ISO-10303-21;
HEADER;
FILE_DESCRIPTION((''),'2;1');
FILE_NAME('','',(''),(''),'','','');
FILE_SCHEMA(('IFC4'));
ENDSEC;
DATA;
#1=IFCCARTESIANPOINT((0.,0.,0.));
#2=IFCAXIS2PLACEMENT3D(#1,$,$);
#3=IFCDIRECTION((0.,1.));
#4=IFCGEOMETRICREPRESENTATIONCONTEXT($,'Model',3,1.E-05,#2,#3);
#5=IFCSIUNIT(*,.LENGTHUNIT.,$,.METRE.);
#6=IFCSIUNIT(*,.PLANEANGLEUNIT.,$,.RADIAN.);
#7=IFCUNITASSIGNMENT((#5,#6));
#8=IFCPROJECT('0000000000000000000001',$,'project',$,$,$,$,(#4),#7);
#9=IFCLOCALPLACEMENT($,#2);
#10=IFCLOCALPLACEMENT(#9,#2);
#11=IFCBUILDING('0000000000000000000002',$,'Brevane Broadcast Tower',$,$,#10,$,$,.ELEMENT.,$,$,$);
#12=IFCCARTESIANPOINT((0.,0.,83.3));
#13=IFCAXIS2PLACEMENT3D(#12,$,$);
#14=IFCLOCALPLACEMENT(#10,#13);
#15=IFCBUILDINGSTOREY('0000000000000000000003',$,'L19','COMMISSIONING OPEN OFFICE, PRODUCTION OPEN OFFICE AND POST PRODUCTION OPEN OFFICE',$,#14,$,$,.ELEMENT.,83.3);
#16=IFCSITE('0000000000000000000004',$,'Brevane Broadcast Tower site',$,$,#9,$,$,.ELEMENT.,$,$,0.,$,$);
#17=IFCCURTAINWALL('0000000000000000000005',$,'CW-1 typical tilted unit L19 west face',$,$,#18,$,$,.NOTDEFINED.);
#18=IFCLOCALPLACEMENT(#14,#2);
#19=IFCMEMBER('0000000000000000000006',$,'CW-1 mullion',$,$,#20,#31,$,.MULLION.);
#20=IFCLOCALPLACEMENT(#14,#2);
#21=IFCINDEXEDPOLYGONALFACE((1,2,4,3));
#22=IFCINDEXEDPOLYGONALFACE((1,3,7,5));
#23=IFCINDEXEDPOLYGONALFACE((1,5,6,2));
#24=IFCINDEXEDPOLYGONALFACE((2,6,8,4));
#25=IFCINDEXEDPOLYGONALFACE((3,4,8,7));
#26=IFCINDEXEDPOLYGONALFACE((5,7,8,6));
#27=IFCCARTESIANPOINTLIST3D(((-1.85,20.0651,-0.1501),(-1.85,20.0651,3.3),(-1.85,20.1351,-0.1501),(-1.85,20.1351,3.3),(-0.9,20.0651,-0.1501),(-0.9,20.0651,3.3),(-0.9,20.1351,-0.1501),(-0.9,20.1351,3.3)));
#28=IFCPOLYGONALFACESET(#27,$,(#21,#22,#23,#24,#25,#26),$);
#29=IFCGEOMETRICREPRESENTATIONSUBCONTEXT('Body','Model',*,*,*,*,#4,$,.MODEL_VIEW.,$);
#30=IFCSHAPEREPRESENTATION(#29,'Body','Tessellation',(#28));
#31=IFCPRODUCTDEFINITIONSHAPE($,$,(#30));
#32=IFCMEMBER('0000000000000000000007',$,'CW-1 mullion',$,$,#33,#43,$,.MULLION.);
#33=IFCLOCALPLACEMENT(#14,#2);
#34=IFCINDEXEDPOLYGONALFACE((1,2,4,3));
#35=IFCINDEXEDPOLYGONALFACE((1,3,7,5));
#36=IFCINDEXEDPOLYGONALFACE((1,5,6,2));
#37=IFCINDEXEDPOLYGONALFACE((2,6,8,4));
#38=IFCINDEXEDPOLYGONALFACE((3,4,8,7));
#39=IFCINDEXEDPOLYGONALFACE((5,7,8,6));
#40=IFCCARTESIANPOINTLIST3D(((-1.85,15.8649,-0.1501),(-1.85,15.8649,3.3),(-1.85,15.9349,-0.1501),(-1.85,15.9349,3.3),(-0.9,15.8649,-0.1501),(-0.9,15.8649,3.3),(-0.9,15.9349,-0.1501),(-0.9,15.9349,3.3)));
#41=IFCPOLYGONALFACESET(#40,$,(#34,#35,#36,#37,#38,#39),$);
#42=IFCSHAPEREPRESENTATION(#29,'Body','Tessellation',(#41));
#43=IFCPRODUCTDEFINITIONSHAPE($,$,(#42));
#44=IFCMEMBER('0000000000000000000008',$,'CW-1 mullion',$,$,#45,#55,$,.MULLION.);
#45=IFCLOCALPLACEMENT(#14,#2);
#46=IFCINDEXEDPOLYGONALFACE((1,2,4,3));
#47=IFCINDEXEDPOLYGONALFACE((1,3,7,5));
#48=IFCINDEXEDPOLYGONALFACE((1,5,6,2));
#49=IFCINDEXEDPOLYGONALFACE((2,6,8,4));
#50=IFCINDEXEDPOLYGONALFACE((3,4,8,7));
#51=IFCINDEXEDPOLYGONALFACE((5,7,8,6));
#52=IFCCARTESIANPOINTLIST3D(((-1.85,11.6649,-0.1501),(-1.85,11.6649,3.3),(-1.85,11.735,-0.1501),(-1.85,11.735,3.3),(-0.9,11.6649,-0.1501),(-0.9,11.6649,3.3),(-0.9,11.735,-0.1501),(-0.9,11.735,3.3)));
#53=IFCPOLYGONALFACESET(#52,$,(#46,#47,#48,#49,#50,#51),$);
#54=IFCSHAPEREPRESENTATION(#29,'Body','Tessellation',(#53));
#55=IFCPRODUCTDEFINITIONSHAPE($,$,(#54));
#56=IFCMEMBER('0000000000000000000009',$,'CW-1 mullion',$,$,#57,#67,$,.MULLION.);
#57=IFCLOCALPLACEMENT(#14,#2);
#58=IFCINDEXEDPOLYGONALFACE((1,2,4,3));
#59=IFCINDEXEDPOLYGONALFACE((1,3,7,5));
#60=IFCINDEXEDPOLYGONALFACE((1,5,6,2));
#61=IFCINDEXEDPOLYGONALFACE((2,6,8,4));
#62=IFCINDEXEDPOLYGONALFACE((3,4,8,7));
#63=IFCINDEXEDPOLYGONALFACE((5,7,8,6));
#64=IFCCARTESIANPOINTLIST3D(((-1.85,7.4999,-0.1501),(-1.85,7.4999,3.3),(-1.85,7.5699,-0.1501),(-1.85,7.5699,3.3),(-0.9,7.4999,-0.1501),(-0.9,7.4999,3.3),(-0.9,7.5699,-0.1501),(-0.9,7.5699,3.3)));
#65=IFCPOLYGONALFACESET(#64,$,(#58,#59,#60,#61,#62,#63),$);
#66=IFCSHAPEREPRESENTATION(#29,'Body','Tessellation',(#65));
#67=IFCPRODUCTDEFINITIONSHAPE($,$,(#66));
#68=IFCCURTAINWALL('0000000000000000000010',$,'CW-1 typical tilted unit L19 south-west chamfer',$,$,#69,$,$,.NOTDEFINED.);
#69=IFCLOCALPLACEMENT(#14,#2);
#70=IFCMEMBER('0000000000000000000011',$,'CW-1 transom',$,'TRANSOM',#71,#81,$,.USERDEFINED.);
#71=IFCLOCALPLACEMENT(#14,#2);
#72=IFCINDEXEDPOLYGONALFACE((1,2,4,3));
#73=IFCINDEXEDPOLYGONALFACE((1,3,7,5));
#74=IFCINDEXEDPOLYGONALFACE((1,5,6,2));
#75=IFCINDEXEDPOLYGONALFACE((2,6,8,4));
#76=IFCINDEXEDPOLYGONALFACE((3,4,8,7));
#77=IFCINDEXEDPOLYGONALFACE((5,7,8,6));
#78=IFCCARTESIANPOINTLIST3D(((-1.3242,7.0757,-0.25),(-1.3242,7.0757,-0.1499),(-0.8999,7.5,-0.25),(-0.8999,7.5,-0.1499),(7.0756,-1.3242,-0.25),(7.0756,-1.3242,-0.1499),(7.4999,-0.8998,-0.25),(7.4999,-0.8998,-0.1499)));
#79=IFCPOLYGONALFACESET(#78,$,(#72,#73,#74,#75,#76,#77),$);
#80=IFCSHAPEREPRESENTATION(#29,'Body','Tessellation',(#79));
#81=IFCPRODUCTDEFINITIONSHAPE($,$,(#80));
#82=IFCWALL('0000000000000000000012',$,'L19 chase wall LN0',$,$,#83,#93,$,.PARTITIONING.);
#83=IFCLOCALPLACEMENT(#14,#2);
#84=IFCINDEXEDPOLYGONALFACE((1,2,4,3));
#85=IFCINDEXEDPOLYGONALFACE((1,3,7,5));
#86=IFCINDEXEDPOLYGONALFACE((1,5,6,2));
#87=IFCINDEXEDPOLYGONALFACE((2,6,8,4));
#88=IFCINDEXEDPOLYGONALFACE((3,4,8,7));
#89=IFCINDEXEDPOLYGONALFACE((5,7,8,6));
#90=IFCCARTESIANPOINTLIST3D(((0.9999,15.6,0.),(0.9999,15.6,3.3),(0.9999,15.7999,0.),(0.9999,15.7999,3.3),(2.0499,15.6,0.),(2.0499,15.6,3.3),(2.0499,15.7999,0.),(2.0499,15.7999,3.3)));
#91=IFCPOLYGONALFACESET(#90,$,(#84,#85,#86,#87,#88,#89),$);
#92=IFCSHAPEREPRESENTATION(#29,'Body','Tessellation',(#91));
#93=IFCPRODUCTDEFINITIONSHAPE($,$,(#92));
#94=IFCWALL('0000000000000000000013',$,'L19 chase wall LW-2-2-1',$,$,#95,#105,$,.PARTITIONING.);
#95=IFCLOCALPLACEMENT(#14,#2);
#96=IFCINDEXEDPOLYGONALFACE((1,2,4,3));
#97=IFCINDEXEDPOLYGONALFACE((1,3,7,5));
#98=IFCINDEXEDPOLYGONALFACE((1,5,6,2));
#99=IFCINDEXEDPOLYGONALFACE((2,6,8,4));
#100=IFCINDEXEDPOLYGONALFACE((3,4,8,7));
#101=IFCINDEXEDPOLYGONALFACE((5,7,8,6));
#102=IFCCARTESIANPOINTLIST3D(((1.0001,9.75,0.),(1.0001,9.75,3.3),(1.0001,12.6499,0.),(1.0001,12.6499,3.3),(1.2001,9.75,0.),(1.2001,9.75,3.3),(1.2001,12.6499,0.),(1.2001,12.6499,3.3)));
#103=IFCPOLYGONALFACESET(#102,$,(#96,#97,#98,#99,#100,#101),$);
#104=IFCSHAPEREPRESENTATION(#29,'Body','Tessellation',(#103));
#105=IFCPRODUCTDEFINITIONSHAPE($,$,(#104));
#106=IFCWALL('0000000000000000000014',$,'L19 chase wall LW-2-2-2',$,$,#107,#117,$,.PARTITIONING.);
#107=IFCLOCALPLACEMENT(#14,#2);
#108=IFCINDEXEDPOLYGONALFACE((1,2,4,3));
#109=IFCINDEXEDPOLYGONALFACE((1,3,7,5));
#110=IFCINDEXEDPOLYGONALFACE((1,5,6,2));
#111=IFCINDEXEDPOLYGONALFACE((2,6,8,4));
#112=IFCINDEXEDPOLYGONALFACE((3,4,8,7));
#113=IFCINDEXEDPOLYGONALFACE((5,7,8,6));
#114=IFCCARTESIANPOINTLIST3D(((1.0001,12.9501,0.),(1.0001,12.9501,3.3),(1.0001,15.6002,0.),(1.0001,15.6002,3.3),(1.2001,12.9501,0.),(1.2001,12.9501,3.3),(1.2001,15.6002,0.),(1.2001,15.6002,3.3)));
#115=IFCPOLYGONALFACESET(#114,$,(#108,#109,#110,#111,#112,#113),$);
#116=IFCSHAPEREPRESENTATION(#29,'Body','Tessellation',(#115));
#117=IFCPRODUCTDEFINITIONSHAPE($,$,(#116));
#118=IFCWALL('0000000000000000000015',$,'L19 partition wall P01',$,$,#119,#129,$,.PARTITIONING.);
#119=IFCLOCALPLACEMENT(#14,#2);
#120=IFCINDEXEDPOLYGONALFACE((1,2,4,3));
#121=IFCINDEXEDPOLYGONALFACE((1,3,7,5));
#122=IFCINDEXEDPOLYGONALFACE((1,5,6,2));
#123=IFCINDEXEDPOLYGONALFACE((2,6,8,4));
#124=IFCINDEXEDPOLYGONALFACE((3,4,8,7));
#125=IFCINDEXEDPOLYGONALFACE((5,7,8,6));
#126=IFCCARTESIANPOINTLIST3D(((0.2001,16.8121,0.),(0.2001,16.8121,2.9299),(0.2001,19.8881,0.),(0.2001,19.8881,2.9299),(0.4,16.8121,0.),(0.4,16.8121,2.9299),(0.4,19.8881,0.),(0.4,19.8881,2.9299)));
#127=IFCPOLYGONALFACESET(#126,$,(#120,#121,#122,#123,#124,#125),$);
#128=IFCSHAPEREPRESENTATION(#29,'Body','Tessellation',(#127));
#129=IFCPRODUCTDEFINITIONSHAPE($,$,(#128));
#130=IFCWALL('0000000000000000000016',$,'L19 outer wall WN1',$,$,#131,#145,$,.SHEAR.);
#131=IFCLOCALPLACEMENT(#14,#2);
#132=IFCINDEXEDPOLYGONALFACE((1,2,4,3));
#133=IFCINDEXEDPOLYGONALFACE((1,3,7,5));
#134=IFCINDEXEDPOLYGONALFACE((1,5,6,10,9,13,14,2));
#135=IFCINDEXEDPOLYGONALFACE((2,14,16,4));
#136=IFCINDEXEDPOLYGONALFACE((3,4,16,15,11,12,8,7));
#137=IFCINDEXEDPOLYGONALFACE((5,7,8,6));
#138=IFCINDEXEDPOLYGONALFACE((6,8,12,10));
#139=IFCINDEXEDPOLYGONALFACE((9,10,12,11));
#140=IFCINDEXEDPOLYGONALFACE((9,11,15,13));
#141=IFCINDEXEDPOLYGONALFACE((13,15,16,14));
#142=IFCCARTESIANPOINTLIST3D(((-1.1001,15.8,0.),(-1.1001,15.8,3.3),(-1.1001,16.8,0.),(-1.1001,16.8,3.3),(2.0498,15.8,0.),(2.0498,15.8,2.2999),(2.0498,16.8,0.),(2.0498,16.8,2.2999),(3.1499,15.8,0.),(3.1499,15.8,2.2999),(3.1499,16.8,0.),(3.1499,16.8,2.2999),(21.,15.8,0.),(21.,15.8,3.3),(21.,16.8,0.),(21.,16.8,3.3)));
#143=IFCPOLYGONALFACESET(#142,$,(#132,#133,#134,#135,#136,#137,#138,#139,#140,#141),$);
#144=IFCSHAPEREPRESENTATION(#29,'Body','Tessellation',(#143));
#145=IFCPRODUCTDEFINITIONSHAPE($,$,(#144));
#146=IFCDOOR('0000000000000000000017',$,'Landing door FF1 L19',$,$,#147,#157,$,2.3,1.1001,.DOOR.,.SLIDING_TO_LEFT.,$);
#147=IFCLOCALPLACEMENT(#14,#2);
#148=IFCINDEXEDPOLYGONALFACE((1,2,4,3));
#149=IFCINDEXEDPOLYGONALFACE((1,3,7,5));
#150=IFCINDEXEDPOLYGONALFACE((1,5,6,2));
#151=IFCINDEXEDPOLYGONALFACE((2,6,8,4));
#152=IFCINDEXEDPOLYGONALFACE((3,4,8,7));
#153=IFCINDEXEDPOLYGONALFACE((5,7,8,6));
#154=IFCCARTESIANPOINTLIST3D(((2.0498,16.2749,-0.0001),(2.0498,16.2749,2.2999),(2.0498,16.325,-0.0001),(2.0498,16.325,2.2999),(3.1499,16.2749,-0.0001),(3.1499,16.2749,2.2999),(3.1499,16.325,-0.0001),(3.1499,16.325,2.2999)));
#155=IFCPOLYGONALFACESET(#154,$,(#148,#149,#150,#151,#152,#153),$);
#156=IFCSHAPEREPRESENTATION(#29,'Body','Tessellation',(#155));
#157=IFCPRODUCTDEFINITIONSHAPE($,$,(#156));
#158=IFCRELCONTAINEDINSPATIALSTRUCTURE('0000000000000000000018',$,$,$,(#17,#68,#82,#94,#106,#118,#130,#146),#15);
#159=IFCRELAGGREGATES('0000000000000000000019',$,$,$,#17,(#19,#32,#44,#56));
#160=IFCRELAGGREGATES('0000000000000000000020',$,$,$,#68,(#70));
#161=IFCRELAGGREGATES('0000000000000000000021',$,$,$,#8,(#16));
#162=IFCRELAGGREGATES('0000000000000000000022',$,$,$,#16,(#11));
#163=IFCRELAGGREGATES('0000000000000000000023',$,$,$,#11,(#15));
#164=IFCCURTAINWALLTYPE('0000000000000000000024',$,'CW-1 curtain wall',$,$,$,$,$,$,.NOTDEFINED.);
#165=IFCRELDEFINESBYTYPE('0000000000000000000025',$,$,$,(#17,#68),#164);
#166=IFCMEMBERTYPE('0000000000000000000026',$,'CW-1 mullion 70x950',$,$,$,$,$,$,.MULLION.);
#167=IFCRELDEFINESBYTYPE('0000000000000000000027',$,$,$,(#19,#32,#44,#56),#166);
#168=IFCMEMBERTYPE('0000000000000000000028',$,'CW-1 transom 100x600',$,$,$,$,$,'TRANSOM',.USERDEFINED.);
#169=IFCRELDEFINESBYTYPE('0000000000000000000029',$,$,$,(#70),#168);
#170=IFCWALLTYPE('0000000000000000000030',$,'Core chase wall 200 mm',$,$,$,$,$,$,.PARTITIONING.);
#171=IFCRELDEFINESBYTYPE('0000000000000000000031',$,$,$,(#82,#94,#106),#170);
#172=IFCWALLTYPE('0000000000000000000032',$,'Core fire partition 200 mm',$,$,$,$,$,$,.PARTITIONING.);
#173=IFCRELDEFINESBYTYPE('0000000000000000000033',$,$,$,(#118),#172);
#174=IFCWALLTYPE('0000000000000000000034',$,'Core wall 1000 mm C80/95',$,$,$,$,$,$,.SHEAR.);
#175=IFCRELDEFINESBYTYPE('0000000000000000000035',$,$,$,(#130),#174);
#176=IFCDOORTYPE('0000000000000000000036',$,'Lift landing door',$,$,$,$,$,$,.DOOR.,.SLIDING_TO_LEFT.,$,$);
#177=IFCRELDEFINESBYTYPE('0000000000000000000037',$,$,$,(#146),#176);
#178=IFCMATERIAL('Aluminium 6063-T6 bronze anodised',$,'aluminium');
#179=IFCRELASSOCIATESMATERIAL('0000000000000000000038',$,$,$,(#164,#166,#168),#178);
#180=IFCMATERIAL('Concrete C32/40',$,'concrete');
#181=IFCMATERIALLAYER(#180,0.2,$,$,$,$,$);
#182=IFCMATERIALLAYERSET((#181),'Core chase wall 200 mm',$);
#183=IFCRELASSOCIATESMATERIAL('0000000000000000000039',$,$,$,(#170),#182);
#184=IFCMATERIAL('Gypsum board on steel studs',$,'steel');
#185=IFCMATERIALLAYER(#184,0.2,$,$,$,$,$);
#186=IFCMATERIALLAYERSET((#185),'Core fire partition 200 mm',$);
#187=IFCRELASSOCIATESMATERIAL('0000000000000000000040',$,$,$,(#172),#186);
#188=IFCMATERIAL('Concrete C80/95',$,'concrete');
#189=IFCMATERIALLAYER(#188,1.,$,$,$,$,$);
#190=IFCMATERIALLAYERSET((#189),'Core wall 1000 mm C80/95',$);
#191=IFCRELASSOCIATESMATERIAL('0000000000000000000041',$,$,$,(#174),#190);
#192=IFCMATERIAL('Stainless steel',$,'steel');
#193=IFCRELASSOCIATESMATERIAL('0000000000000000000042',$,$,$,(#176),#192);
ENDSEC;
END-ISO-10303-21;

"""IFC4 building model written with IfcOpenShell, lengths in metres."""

from ifc_helpers import new_model, si_unit, direction, frame, frame_2d, origin, origin_2d, place, context, subcontext, project, spatial, rectangle, extrude, material, layer, layer_set, material_profile, profile_set, type_object, element, fill, aggregate, save


model = new_model("IFC4")

# Units and contexts
model_context = context("Model", 3, precision=1e-05, world=origin(), true_north=direction((0.0, 1.0)))
body_context = subcontext(model_context, "Body", "Model", "MODEL_VIEW")
ifc_project = project(units=[si_unit("LENGTHUNIT", "METRE"), si_unit("PLANEANGLEUNIT", "RADIAN")], contexts=[model_context])

# Site, building, storey
site_placement = place(None, origin())
site = spatial("IfcSite", under=ifc_project, at=site_placement, Name="Brevane Broadcast Tower site", CompositionType="ELEMENT", RefElevation=0.0)
building_placement = place(site_placement, origin())
building = spatial("IfcBuilding", under=site, at=building_placement, Name="Brevane Broadcast Tower", CompositionType="ELEMENT")
storey_placement = place(building_placement, frame((0.0, 0.0, 83.3)))
storey = spatial("IfcBuildingStorey", under=building, at=storey_placement, Name="L19", Description="COMMISSIONING OPEN OFFICE, PRODUCTION OPEN OFFICE AND POST PRODUCTION OPEN OFFICE", CompositionType="ELEMENT", Elevation=83.3)

# Curtain wall, members
ifc_material_1 = material(Name="Aluminium 6063-T6 bronze anodised", Category="aluminium")
curtain_wall_type = type_object("IfcCurtainWallType", Name="CW-1 curtain wall", PredefinedType="NOTDEFINED", material=ifc_material_1)
curtain_wall_1_placement = place(storey_placement, origin())
curtain_wall_1 = element("IfcCurtainWall", 1, at=curtain_wall_1_placement, inside=storey, type_object=curtain_wall_type, Name="CW-1 typical tilted unit L19 west face", PredefinedType="NOTDEFINED")
ifc_material_profile_1 = material_profile(ifc_material_1, rectangle(XDim=0.95, YDim=0.0701, at=origin_2d()), Name="RECT 70x950")
ifc_profile_set_1 = profile_set([ifc_material_profile_1], Name="Aluminium 6063-T6 bronze anodised")
member_type_1 = type_object("IfcMemberType", Name="CW-1 mullion 70x950", PredefinedType="MULLION", material=ifc_profile_set_1)
member_1_placement = place(storey_placement, frame((-1.375, 20.1001, -0.1501), z_axis=(0.0, 0.0, 1.0), x_axis=(1.0, 0.0, 0.0)))
member_1 = element("IfcMember", 2, at=member_1_placement, type_object=member_type_1, Name="CW-1 mullion", PredefinedType="MULLION", context=body_context, shape_type="SweptSolid", body=[
    extrude(rectangle(XDim=0.95, YDim=0.0701, at=origin_2d()), origin(), (0.0, 0.0, 1.0), 3.4502),
])
member_2_placement = place(storey_placement, frame((-1.375, 15.8999, -0.1501), z_axis=(0.0, 0.0, 1.0), x_axis=(1.0, 0.0, 0.0)))
member_2 = element("IfcMember", 3, at=member_2_placement, type_object=member_type_1, Name="CW-1 mullion", PredefinedType="MULLION", context=body_context, shape_type="SweptSolid", body=[
    extrude(rectangle(XDim=0.95, YDim=0.0701, at=origin_2d()), origin(), (0.0, 0.0, 1.0), 3.4502),
])
member_3_placement = place(storey_placement, frame((-1.375, 11.7, -0.1501), z_axis=(0.0, 0.0, 1.0), x_axis=(1.0, 0.0, 0.0)))
member_3 = element("IfcMember", 4, at=member_3_placement, type_object=member_type_1, Name="CW-1 mullion", PredefinedType="MULLION", context=body_context, shape_type="SweptSolid", body=[
    extrude(rectangle(XDim=0.95, YDim=0.0701, at=origin_2d()), origin(), (0.0, 0.0, 1.0), 3.4502),
])
member_4_placement = place(storey_placement, frame((-1.375, 7.5349, -0.1501), z_axis=(0.0, 0.0, 1.0), x_axis=(1.0, 0.0, 0.0)))
member_4 = element("IfcMember", 5, at=member_4_placement, type_object=member_type_1, Name="CW-1 mullion", PredefinedType="MULLION", context=body_context, shape_type="SweptSolid", body=[
    extrude(rectangle(XDim=0.95, YDim=0.0701, at=origin_2d()), origin(), (0.0, 0.0, 1.0), 3.4502),
])
aggregate(curtain_wall_1, [member_1, member_2, member_3, member_4])

# Curtain wall, member
curtain_wall_2_placement = place(storey_placement, origin())
curtain_wall_2 = element("IfcCurtainWall", 6, at=curtain_wall_2_placement, inside=storey, type_object=curtain_wall_type, Name="CW-1 typical tilted unit L19 south-west chamfer", PredefinedType="NOTDEFINED")
ifc_material_profile_2 = material_profile(ifc_material_1, rectangle(XDim=0.6001, YDim=0.1001, at=origin_2d()), Name="RECT 100x600")
ifc_profile_set_2 = profile_set([ifc_material_profile_2], Name="Aluminium 6063-T6 bronze anodised")
member_type_2 = type_object("IfcMemberType", Name="CW-1 transom 100x600", ElementType="TRANSOM", PredefinedType="USERDEFINED", material=ifc_profile_set_2)
member_5_placement = place(storey_placement, frame((-1.1121, 7.2878, -0.2), z_axis=(0.707107, -0.707107, 0.0), x_axis=(0.707107, 0.707107, 0.0)))
member_5 = element("IfcMember", 7, at=member_5_placement, type_object=member_type_2, Name="CW-1 transom", ObjectType="TRANSOM", PredefinedType="USERDEFINED", context=body_context, shape_type="SweptSolid", body=[
    extrude(rectangle(XDim=0.6001, YDim=0.1001, at=origin_2d()), origin(), (0.0, 0.0, 1.0), 11.8792),
])
aggregate(curtain_wall_2, [member_5])

# Walls
ifc_material_2 = material(Name="Concrete C32/40", Category="concrete")
ifc_layer_1 = layer(ifc_material_2, 0.2)
ifc_layer_set_1 = layer_set([ifc_layer_1], Name="Core chase wall 200 mm")
wall_type_1 = type_object("IfcWallType", Name="Core chase wall 200 mm", PredefinedType="PARTITIONING", material=ifc_layer_set_1)
wall_1_placement = place(storey_placement, frame((1.0, 15.7, 0.0), z_axis=(0.0, 0.0, 1.0), x_axis=(1.0, 0.0, 0.0)))
element("IfcWall", 8, at=wall_1_placement, inside=storey, type_object=wall_type_1, Name="L19 chase wall LN0", PredefinedType="PARTITIONING", context=body_context, shape_type="SweptSolid", body=[
    extrude(rectangle(XDim=1.05, YDim=0.2, at=frame_2d((0.5249, 0.0))), origin(), (0.0, 0.0, 1.0), 3.3),
])
wall_2_placement = place(storey_placement, frame((1.1001, 9.75, 0.0), z_axis=(0.0, 0.0, 1.0), x_axis=(0.0, 1.0, 0.0)))
element("IfcWall", 9, at=wall_2_placement, inside=storey, type_object=wall_type_1, Name="L19 chase wall LW-2-2-1", PredefinedType="PARTITIONING", context=body_context, shape_type="SweptSolid", body=[
    extrude(rectangle(XDim=2.8999, YDim=0.2, at=frame_2d((1.45, 0.0))), origin(), (0.0, 0.0, 1.0), 3.3),
])
wall_3_placement = place(storey_placement, frame((1.1001, 12.95, 0.0), z_axis=(0.0, 0.0, 1.0), x_axis=(0.0, 1.0, 0.0)))
element("IfcWall", 10, at=wall_3_placement, inside=storey, type_object=wall_type_1, Name="L19 chase wall LW-2-2-2", PredefinedType="PARTITIONING", context=body_context, shape_type="SweptSolid", body=[
    extrude(rectangle(XDim=2.6501, YDim=0.2, at=frame_2d((1.3252, 0.0))), origin(), (0.0, 0.0, 1.0), 3.3),
])
ifc_material_3 = material(Name="Gypsum board on steel studs", Category="steel")
ifc_layer_2 = layer(ifc_material_3, 0.2)
ifc_layer_set_2 = layer_set([ifc_layer_2], Name="Core fire partition 200 mm")
wall_type_2 = type_object("IfcWallType", Name="Core fire partition 200 mm", PredefinedType="PARTITIONING", material=ifc_layer_set_2)
wall_4_placement = place(storey_placement, frame((0.3, 16.812, 0.0), z_axis=(0.0, 0.0, 1.0), x_axis=(0.0, 1.0, 0.0)))
element("IfcWall", 11, at=wall_4_placement, inside=storey, type_object=wall_type_2, Name="L19 partition wall P01", PredefinedType="PARTITIONING", context=body_context, shape_type="SweptSolid", body=[
    extrude(rectangle(XDim=3.0759, YDim=0.2, at=frame_2d((1.5381, 0.0))), origin(), (0.0, 0.0, 1.0), 2.9299),
])

# Wall, opening, door
ifc_material_4 = material(Name="Concrete C80/95", Category="concrete")
ifc_layer_3 = layer(ifc_material_4, 1.0)
ifc_layer_set_3 = layer_set([ifc_layer_3], Name="Core wall 1000 mm C80/95")
wall_type_3 = type_object("IfcWallType", Name="Core wall 1000 mm C80/95", PredefinedType="SHEAR", material=ifc_layer_set_3)
wall_5_placement = place(storey_placement, frame((-1.1001, 16.3, 0.0), z_axis=(0.0, 0.0, 1.0), x_axis=(1.0, 0.0, 0.0)))
wall_5 = element("IfcWall", 12, at=wall_5_placement, inside=storey, type_object=wall_type_3, Name="L19 outer wall WN1", PredefinedType="SHEAR", context=body_context, shape_type="SweptSolid", body=[
    extrude(rectangle(XDim=22.1001, YDim=1.0, at=frame_2d((11.05, 0.0))), origin(), (0.0, 0.0, 1.0), 3.3),
])
opening_1_placement = place(wall_5_placement, frame((3.1499, 0.0, 0.0)))
opening_1 = element("IfcOpeningElement", 13, at=opening_1_placement, cuts=wall_5, PredefinedType="OPENING", context=body_context, shape_type="SweptSolid", body=[
    extrude(rectangle(XDim=1.1001, YDim=2.3, at=frame_2d((0.55, 1.1499))), frame((0.0, 0.51, 0.0), z_axis=(0.0, -1.0, 0.0), x_axis=(1.0, 0.0, 0.0)), (0.0, 0.0, 1.0), 1.02),
])
ifc_material_5 = material(Name="Stainless steel", Category="steel")
door_type = type_object("IfcDoorType", Name="Lift landing door", OperationType="SLIDING_TO_LEFT", PredefinedType="DOOR", material=ifc_material_5)
door_1_placement = place(opening_1_placement, origin())
door_1 = element("IfcDoor", 14, at=door_1_placement, inside=storey, type_object=door_type, Name="Landing door FF1 L19", OperationType="SLIDING_TO_LEFT", OverallHeight=2.3, OverallWidth=1.1001, PredefinedType="DOOR", context=body_context, shape_type="SweptSolid", body=[
    extrude(rectangle(XDim=1.1001, YDim=2.3, at=frame_2d((0.55, 1.1499))), frame((0.0, 0.0249, 0.0), z_axis=(0.0, -1.0, 0.0), x_axis=(1.0, 0.0, 0.0)), (0.0, 0.0, 1.0), 0.05),
])
fill(opening_1, door_1)

save(model, "model.ifc")
